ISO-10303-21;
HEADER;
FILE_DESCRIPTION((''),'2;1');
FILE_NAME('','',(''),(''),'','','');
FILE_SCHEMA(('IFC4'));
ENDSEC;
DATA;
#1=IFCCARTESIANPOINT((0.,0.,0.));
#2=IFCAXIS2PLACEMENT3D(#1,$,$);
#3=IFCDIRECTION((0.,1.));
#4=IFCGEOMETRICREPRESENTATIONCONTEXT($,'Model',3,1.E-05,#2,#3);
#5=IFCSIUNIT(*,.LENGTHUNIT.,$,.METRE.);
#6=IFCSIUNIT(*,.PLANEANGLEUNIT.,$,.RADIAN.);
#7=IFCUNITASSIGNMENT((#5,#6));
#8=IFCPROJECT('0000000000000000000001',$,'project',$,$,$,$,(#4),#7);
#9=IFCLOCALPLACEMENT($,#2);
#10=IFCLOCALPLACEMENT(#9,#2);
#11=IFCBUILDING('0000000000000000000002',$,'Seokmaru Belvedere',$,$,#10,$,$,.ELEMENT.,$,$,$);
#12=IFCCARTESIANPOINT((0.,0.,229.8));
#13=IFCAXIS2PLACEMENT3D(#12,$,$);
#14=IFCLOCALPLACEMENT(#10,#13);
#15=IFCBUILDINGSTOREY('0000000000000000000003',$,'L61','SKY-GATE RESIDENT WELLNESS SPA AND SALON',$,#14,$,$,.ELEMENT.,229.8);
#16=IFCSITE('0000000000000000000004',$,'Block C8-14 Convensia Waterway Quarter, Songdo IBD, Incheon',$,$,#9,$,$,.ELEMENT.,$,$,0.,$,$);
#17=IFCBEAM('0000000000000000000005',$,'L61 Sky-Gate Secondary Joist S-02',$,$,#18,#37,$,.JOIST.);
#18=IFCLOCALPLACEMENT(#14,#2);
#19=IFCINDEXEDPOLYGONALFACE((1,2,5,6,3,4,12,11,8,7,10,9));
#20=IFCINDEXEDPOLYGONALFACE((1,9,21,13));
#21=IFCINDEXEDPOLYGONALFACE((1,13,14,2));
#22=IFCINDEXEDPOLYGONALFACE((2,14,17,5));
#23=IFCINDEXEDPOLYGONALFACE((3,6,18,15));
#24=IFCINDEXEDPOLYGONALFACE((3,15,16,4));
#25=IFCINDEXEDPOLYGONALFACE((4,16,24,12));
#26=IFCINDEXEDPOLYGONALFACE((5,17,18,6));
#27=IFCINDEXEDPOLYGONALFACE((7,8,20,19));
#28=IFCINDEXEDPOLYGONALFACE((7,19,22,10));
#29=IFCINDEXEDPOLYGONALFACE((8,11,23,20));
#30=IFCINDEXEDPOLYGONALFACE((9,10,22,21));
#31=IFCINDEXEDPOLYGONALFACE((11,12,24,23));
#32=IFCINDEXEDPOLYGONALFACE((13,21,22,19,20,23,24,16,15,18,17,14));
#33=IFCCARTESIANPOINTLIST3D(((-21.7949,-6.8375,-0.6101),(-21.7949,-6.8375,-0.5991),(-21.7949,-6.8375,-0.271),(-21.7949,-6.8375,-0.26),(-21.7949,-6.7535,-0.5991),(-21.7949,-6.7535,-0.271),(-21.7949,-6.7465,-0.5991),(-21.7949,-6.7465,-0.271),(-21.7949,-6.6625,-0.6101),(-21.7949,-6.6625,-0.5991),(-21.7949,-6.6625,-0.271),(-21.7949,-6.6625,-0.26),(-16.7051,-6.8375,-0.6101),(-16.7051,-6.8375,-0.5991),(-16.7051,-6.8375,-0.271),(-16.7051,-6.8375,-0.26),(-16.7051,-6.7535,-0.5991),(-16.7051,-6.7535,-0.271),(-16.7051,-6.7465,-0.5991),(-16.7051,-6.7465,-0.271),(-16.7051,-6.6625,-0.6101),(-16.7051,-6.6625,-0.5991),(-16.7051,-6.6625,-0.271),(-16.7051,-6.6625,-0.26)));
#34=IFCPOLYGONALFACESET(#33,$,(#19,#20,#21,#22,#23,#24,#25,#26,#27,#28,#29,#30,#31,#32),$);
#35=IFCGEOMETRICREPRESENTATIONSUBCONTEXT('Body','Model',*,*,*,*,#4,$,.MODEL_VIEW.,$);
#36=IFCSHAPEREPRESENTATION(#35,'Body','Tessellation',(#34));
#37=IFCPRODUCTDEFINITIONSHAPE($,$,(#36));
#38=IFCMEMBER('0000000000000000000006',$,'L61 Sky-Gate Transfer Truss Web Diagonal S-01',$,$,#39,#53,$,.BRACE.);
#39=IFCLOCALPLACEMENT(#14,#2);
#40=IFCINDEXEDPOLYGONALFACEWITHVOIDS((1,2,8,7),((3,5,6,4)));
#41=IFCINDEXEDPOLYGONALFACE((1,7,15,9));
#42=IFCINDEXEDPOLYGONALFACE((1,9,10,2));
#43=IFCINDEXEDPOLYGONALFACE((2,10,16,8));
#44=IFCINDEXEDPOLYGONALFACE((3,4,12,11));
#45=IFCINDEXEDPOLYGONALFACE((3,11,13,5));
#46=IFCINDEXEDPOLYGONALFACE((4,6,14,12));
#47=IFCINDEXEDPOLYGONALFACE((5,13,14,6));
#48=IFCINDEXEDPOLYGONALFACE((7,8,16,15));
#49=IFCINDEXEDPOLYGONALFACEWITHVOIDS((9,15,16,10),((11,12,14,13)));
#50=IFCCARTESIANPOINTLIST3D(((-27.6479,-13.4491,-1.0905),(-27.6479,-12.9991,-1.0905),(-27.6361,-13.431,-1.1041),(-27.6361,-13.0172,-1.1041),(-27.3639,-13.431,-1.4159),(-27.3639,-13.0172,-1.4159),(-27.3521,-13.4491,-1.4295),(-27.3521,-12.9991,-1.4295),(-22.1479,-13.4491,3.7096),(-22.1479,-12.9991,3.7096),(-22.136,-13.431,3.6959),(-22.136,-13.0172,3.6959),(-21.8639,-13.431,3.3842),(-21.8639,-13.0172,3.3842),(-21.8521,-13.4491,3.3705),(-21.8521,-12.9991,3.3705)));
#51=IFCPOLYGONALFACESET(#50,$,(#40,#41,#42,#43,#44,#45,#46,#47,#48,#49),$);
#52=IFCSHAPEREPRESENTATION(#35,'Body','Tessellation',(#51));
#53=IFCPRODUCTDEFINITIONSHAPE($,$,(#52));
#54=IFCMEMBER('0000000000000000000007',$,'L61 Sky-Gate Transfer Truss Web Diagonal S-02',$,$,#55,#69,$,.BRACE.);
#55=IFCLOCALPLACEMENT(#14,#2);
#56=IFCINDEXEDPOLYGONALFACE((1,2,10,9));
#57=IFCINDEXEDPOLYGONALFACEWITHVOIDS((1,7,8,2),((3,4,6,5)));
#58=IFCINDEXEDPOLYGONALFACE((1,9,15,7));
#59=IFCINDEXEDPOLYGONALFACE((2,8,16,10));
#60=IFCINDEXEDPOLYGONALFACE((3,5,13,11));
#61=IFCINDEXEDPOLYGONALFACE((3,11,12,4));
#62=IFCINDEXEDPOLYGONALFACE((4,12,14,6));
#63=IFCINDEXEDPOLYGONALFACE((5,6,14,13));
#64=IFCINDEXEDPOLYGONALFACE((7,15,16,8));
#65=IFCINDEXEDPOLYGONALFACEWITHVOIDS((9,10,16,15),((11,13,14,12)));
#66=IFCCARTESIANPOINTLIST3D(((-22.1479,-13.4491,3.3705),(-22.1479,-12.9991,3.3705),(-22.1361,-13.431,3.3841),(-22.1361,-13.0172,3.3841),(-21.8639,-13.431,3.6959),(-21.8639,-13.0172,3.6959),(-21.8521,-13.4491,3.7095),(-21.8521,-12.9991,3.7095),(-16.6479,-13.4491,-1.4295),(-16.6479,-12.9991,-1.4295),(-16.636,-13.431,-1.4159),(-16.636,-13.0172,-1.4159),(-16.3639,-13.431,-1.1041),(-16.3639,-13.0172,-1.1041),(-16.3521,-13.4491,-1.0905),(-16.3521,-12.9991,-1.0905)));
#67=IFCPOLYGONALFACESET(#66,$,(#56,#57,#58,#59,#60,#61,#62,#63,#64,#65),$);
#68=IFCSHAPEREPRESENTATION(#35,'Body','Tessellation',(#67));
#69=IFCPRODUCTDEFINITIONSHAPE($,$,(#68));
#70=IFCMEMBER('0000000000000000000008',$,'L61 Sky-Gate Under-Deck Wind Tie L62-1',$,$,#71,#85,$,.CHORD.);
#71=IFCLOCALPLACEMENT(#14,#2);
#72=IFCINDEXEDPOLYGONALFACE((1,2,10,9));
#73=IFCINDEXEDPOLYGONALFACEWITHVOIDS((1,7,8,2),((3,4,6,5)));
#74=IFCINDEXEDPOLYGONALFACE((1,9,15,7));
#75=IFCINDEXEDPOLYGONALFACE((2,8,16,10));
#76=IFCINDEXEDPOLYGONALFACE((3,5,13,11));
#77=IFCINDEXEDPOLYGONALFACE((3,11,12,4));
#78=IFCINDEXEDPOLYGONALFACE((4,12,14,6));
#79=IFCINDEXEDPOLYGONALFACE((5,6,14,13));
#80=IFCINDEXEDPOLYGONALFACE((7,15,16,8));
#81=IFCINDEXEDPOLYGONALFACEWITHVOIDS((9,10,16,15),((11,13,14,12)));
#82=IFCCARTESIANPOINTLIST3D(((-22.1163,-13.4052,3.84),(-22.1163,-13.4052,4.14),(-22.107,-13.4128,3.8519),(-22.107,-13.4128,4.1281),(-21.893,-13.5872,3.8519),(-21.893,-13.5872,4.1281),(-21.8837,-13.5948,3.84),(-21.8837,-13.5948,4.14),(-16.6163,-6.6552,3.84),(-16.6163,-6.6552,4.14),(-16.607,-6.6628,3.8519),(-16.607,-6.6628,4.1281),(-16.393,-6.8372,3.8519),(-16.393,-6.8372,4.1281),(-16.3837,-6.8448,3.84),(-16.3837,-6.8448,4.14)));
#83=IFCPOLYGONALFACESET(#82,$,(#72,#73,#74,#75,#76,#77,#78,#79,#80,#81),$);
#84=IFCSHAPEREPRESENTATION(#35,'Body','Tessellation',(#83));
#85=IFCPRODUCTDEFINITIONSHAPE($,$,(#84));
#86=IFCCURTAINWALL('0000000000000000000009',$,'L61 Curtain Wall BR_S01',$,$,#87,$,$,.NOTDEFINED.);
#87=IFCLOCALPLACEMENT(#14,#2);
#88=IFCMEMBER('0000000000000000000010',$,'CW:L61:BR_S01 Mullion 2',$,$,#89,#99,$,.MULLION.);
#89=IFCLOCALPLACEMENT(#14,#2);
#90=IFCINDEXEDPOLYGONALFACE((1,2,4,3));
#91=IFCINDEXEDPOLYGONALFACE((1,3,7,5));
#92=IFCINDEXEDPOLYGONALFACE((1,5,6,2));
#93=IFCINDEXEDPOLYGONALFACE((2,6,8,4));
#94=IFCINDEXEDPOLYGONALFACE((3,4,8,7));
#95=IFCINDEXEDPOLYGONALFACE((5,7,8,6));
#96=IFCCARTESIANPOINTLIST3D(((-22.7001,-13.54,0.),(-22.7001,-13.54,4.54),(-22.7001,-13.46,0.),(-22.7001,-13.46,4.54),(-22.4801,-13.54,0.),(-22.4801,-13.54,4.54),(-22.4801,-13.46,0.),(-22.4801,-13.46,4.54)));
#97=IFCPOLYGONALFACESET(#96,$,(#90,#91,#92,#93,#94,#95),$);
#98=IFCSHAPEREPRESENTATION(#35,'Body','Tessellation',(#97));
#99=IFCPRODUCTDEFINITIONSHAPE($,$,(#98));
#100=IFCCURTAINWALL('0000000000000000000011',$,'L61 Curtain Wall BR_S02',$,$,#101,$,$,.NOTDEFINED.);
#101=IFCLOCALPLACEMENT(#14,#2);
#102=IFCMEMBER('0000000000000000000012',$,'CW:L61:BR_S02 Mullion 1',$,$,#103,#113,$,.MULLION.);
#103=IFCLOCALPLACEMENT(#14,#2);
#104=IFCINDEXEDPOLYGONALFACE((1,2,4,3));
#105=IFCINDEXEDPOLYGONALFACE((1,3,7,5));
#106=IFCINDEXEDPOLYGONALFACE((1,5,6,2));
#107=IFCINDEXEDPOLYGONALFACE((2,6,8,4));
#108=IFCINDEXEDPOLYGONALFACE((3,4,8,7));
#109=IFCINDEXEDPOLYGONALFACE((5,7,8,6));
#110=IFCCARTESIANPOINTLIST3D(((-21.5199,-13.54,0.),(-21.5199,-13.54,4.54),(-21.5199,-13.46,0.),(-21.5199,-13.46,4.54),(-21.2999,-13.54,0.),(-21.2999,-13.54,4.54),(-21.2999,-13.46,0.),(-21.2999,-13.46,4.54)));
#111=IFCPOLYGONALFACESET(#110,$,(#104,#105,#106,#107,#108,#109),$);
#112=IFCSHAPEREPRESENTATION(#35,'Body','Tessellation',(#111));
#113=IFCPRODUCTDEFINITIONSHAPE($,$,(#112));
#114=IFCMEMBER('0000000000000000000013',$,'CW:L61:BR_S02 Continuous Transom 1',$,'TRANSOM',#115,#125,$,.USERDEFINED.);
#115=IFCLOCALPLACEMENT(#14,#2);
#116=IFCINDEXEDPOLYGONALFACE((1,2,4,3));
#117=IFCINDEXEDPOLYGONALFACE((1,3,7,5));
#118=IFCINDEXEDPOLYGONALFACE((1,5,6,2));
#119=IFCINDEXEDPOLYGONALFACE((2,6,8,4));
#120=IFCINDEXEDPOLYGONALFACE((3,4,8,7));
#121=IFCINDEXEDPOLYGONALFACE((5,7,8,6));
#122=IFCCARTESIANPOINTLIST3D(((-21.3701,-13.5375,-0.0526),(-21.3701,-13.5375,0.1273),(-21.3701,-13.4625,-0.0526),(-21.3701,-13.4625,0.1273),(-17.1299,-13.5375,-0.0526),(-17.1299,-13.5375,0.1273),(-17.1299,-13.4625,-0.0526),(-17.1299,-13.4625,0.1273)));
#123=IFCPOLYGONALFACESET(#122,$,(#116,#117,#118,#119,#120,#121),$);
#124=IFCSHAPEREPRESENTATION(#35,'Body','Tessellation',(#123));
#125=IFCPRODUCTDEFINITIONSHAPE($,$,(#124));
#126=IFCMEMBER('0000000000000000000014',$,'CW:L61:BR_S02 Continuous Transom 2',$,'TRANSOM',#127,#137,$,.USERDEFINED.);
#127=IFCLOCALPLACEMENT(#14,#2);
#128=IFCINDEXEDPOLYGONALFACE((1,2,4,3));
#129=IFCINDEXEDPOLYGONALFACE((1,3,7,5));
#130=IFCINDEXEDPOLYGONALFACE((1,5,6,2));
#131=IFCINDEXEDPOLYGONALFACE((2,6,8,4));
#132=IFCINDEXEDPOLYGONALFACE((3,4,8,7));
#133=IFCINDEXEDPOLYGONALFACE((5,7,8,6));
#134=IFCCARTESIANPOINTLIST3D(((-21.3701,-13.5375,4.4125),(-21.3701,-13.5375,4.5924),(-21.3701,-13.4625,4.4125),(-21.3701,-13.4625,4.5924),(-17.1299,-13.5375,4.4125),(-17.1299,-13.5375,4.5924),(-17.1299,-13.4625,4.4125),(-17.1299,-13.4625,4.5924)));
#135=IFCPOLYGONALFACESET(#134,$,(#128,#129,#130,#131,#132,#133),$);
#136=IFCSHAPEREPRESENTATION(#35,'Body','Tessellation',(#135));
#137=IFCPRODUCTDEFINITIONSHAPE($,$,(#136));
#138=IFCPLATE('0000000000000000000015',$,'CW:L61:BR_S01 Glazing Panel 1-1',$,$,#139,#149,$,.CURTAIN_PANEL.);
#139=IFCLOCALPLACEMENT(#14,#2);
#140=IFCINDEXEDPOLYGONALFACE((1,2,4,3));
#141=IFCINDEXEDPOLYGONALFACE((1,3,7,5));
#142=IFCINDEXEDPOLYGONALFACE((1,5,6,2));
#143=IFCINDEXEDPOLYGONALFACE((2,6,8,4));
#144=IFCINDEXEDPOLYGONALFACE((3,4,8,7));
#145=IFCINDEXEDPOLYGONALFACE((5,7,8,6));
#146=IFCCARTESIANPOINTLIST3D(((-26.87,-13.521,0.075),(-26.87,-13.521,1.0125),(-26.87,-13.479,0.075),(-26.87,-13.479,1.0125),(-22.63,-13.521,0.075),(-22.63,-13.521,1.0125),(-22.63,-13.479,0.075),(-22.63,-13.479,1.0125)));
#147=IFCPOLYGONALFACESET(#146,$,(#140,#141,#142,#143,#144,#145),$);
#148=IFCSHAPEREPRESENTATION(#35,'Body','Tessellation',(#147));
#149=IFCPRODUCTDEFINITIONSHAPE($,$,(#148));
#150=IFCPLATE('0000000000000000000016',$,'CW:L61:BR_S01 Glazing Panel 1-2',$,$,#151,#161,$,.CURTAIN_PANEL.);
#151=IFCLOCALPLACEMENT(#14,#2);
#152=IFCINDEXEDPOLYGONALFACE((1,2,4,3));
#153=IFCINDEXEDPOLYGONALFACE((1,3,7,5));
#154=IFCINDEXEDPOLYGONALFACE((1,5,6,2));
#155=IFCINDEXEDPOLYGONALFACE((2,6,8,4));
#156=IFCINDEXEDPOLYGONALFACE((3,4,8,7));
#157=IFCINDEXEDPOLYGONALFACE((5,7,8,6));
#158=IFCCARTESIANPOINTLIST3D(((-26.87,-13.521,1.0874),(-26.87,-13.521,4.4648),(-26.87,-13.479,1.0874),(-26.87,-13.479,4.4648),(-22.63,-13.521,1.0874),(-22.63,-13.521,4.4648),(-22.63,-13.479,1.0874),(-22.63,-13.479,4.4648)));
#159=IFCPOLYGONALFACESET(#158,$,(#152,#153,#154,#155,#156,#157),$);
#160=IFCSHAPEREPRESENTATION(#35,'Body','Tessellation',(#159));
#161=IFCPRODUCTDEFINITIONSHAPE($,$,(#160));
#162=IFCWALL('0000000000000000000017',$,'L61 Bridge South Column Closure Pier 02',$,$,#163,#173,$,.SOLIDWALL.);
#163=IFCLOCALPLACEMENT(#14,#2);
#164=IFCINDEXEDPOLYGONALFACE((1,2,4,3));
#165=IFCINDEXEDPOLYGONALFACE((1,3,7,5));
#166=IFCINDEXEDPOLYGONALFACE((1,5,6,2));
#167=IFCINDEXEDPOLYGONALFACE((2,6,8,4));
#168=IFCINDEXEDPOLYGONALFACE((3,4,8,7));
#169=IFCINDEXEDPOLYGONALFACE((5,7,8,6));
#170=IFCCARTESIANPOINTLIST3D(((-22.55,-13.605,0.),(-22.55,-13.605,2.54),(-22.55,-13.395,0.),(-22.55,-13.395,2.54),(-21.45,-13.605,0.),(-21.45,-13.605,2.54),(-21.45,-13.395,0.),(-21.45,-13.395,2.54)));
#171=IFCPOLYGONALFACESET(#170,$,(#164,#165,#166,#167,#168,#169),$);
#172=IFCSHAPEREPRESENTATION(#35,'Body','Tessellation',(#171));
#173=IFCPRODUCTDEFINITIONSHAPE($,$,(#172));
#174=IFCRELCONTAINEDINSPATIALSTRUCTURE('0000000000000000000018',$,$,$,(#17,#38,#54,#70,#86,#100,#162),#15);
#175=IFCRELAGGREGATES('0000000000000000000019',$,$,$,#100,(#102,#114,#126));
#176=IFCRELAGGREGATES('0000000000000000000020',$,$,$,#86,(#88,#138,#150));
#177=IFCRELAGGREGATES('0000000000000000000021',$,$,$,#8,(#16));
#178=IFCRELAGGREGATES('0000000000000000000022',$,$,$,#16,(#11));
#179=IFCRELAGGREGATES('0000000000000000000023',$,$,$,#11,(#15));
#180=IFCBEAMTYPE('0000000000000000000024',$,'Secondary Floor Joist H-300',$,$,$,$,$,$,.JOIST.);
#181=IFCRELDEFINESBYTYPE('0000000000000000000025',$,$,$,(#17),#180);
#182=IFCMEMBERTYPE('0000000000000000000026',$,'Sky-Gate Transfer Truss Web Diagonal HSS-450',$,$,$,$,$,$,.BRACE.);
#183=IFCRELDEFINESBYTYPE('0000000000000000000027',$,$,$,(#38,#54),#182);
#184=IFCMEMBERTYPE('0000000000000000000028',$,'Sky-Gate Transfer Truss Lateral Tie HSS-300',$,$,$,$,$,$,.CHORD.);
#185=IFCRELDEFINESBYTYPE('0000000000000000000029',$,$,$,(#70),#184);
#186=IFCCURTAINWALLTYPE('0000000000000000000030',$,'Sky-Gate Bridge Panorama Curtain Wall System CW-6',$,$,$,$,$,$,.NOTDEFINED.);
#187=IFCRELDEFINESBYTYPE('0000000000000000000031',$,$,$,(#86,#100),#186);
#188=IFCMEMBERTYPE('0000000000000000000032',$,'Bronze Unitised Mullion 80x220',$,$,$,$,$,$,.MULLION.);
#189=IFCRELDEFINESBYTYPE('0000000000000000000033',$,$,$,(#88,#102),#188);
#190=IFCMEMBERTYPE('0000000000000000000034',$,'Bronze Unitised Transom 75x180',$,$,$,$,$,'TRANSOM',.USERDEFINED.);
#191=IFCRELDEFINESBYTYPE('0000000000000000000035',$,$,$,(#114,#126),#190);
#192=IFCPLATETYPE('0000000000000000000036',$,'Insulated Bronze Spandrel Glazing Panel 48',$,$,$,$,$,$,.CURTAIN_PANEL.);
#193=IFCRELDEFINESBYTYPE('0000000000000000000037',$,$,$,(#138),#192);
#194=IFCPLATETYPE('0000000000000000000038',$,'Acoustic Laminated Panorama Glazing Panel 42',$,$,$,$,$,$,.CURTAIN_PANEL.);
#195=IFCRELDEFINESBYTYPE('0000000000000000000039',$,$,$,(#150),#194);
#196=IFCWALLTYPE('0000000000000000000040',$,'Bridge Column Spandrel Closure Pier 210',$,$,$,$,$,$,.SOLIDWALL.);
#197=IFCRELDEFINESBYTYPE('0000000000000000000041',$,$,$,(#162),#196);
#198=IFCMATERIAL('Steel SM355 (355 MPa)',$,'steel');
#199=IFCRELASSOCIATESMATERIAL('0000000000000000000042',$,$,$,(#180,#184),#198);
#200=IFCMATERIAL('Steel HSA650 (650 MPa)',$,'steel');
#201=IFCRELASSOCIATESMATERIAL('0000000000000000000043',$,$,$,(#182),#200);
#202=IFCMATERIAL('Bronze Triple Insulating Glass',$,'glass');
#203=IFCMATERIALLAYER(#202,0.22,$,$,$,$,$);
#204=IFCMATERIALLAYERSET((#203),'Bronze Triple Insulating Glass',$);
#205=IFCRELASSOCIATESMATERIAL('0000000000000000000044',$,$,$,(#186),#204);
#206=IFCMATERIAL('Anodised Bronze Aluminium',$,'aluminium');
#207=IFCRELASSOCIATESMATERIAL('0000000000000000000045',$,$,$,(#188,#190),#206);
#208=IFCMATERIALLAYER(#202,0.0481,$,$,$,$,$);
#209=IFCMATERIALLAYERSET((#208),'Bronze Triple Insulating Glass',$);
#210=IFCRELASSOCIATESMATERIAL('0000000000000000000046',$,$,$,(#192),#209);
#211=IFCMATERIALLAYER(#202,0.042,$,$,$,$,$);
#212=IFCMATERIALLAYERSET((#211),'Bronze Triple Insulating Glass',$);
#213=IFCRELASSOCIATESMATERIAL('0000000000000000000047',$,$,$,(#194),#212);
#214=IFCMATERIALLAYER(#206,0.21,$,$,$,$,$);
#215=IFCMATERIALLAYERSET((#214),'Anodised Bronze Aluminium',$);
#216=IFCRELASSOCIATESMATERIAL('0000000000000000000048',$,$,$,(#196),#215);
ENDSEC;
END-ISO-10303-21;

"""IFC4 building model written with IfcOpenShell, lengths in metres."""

from ifc_helpers import new_model, si_unit, direction, frame, frame_2d, origin, origin_2d, place, context, subcontext, project, spatial, rectangle, hollow_rectangle, i_section, extrude, source, transform, mapped, material, layer, layer_set, material_profile, profile_set, type_object, type_shapes, element, aggregate, save


model = new_model("IFC4")

# Units and contexts
model_context = context("Model", 3, precision=1e-05, world=origin(), true_north=direction((0.0, 1.0)))
body_context = subcontext(model_context, "Body", "Model", "MODEL_VIEW")
ifc_project = project(units=[si_unit("LENGTHUNIT", "METRE"), si_unit("PLANEANGLEUNIT", "RADIAN")], contexts=[model_context])

# Site, building, storey
site_placement = place(None, origin())
site = spatial("IfcSite", under=ifc_project, at=site_placement, Name="Block C8-14 Convensia Waterway Quarter, Songdo IBD, Incheon", CompositionType="ELEMENT", RefElevation=0.0)
building_placement = place(site_placement, origin())
building = spatial("IfcBuilding", under=site, at=building_placement, Name="Seokmaru Belvedere", CompositionType="ELEMENT")
storey_placement = place(building_placement, frame((0.0, 0.0, 229.8)))
storey = spatial("IfcBuildingStorey", under=building, at=storey_placement, Name="L61", Description="SKY-GATE RESIDENT WELLNESS SPA AND SALON", CompositionType="ELEMENT", Elevation=229.8)

# Shared definitions
ifc_material_1 = material(Name="Steel SM355 (355 MPa)", Category="steel")
ifc_material_2 = material(Name="Steel HSA650 (650 MPa)", Category="steel")

# Beam
ifc_material_profile_1 = material_profile(ifc_material_1, i_section(OverallWidth=0.175, OverallDepth=0.3501, WebThickness=0.0071, FlangeThickness=0.011, at=origin_2d()), Name="H-350x175x7x11")
ifc_profile_set_1 = profile_set([ifc_material_profile_1], Name="Steel SM355 (355 MPa)")
beam_type_1 = type_object("IfcBeamType", Name="Secondary Floor Joist H-300", PredefinedType="JOIST", material=ifc_profile_set_1)
shared_shape_1 = source(origin(), body_context, "Body", "SweptSolid", [
    extrude(i_section(OverallWidth=0.175, OverallDepth=0.3501, WebThickness=0.0071, FlangeThickness=0.011, at=origin_2d()), origin(), (0.0, 0.0, 1.0), 5.0898),
])
type_shapes(beam_type_1, [shared_shape_1])
for number, where, z_axis, x_axis, name in (
    (1, (-21.7949, -6.75, -0.4351), (1.0, 0.0, 0.0), (0.0, 1.0, 0.0), "L61 Sky-Gate Secondary Joist S-02"),
):
    element("IfcBeam", number, at=place(storey_placement, frame(where, z_axis=z_axis, x_axis=x_axis)), inside=storey, type_object=beam_type_1, Name=name, PredefinedType="JOIST", context=body_context, shape_type="MappedRepresentation", body=[
        mapped(shared_shape_1, transform((0.0, 0.0, 0.0), scale=1.0)),
    ])

# Members
ifc_material_profile_2 = material_profile(ifc_material_2, hollow_rectangle(XDim=0.45, YDim=0.45, WallThickness=0.0181, at=origin_2d()), Name="HSS-450x450x18")
ifc_profile_set_2 = profile_set([ifc_material_profile_2], Name="Steel HSA650 (650 MPa)")
member_type_1 = type_object("IfcMemberType", Name="Sky-Gate Transfer Truss Web Diagonal HSS-450", PredefinedType="BRACE", material=ifc_profile_set_2)
shared_shape_2 = source(origin(), body_context, "Body", "SweptSolid", [
    extrude(hollow_rectangle(XDim=0.45, YDim=0.45, WallThickness=0.0181, at=origin_2d()), origin(), (0.0, 0.0, 1.0), 7.3),
])
type_shapes(member_type_1, [shared_shape_2])
for number, where, z_axis, x_axis, name in (
    (2, (-27.5, -13.2241, -1.26), (0.753421, 0.0, 0.657538), (0.0, 1.0, 0.0), "L61 Sky-Gate Transfer Truss Web Diagonal S-01"),
    (3, (-22.0, -13.2241, 3.54), (0.753421, 0.0, -0.657538), (0.0, 1.0, 0.0), "L61 Sky-Gate Transfer Truss Web Diagonal S-02"),
):
    element("IfcMember", number, at=place(storey_placement, frame(where, z_axis=z_axis, x_axis=x_axis)), inside=storey, type_object=member_type_1, Name=name, PredefinedType="BRACE", context=body_context, shape_type="MappedRepresentation", body=[
        mapped(shared_shape_2, transform((0.0, 0.0, 0.0), scale=1.0)),
    ])
ifc_material_profile_3 = material_profile(ifc_material_1, hollow_rectangle(XDim=0.3, YDim=0.3, WallThickness=0.012, at=origin_2d()), Name="HSS-300x300x12")
ifc_profile_set_3 = profile_set([ifc_material_profile_3], Name="Steel SM355 (355 MPa)")
member_type_2 = type_object("IfcMemberType", Name="Sky-Gate Transfer Truss Lateral Tie HSS-300", PredefinedType="CHORD", material=ifc_profile_set_3)
shared_shape_3 = source(origin(), body_context, "Body", "SweptSolid", [
    extrude(hollow_rectangle(XDim=0.3, YDim=0.3, WallThickness=0.012, at=origin_2d()), origin(), (0.0, 0.0, 1.0), 8.707),
])
type_shapes(member_type_2, [shared_shape_3])
member_1_placement = place(storey_placement, frame((-22.0, -13.5, 3.99), z_axis=(0.631673, 0.775235, 0.0), x_axis=(-0.775235, 0.631673, 0.0)))
element("IfcMember", 4, at=member_1_placement, inside=storey, type_object=member_type_2, Name="L61 Sky-Gate Under-Deck Wind Tie L62-1", PredefinedType="CHORD", context=body_context, shape_type="MappedRepresentation", body=[
    mapped(shared_shape_3, transform((0.0, 0.0, 0.0), scale=1.0)),
])

# Curtain wall, member
ifc_material_3 = material(Name="Bronze Triple Insulating Glass", Category="glass")
ifc_layer_1 = layer(ifc_material_3, 0.22)
ifc_layer_set_1 = layer_set([ifc_layer_1], Name="Bronze Triple Insulating Glass")
curtain_wall_type = type_object("IfcCurtainWallType", Name="Sky-Gate Bridge Panorama Curtain Wall System CW-6", PredefinedType="NOTDEFINED", material=ifc_layer_set_1)
curtain_wall_1_placement = place(storey_placement, origin())
curtain_wall_1 = element("IfcCurtainWall", 5, at=curtain_wall_1_placement, inside=storey, type_object=curtain_wall_type, Name="L61 Curtain Wall BR_S01", PredefinedType="NOTDEFINED")
ifc_material_4 = material(Name="Anodised Bronze Aluminium", Category="aluminium")
ifc_material_profile_4 = material_profile(ifc_material_4, rectangle(XDim=0.0801, YDim=0.22, at=origin_2d()), Name="CW-M-80x220")
ifc_profile_set_4 = profile_set([ifc_material_profile_4], Name="Anodised Bronze Aluminium")
member_type_3 = type_object("IfcMemberType", Name="Bronze Unitised Mullion 80x220", PredefinedType="MULLION", material=ifc_profile_set_4)
shared_shape_4 = source(origin(), body_context, "Body", "SweptSolid", [
    extrude(rectangle(XDim=0.0801, YDim=0.22, at=origin_2d()), origin(), (0.0, 0.0, 1.0), 4.54),
])
type_shapes(member_type_3, [shared_shape_4])
member_2_placement = place(storey_placement, frame((-22.5901, -13.5, 0.0), z_axis=(0.0, 0.0, 1.0), x_axis=(0.0, 1.0, 0.0)))
member_2 = element("IfcMember", 6, at=member_2_placement, type_object=member_type_3, Name="CW:L61:BR_S01 Mullion 2", PredefinedType="MULLION", context=body_context, shape_type="MappedRepresentation", body=[
    mapped(shared_shape_4, transform((0.0, 0.0, 0.0), scale=1.0)),
])

# Curtain wall, members
curtain_wall_2_placement = place(storey_placement, origin())
curtain_wall_2 = element("IfcCurtainWall", 7, at=curtain_wall_2_placement, inside=storey, type_object=curtain_wall_type, Name="L61 Curtain Wall BR_S02", PredefinedType="NOTDEFINED")
member_3_placement = place(storey_placement, frame((-21.4099, -13.5, 0.0), z_axis=(0.0, 0.0, 1.0), x_axis=(0.0, 1.0, 0.0)))
member_3 = element("IfcMember", 8, at=member_3_placement, type_object=member_type_3, Name="CW:L61:BR_S02 Mullion 1", PredefinedType="MULLION", context=body_context, shape_type="MappedRepresentation", body=[
    mapped(shared_shape_4, transform((0.0, 0.0, 0.0), scale=1.0)),
])
ifc_material_profile_5 = material_profile(ifc_material_4, rectangle(XDim=0.075, YDim=0.1799, at=origin_2d()), Name="CW-T-75x180")
ifc_profile_set_5 = profile_set([ifc_material_profile_5], Name="Anodised Bronze Aluminium")
member_type_4 = type_object("IfcMemberType", Name="Bronze Unitised Transom 75x180", ElementType="TRANSOM", PredefinedType="USERDEFINED", material=ifc_profile_set_5)
shared_shape_5 = source(origin(), body_context, "Body", "SweptSolid", [
    extrude(rectangle(XDim=0.075, YDim=0.1799, at=origin_2d()), origin(), (0.0, 0.0, 1.0), 4.2402),
])
type_shapes(member_type_4, [shared_shape_5])
member_4_placement = place(storey_placement, frame((-21.3701, -13.5, 0.0374), z_axis=(1.0, 0.0, 0.0), x_axis=(0.0, 1.0, 0.0)))
member_4 = element("IfcMember", 9, at=member_4_placement, type_object=member_type_4, Name="CW:L61:BR_S02 Continuous Transom 1", ObjectType="TRANSOM", PredefinedType="USERDEFINED", context=body_context, shape_type="MappedRepresentation", body=[
    mapped(shared_shape_5, transform((0.0, 0.0, 0.0), scale=1.0)),
])
member_5_placement = place(storey_placement, frame((-21.3701, -13.5, 4.5024), z_axis=(1.0, 0.0, 0.0), x_axis=(0.0, 1.0, 0.0)))
member_5 = element("IfcMember", 10, at=member_5_placement, type_object=member_type_4, Name="CW:L61:BR_S02 Continuous Transom 2", ObjectType="TRANSOM", PredefinedType="USERDEFINED", context=body_context, shape_type="MappedRepresentation", body=[
    mapped(shared_shape_5, transform((0.0, 0.0, 0.0), scale=1.0)),
])
aggregate(curtain_wall_2, [member_3, member_4, member_5])

# Plates
ifc_layer_2 = layer(ifc_material_3, 0.0481)
ifc_layer_set_2 = layer_set([ifc_layer_2], Name="Bronze Triple Insulating Glass")
plate_type_1 = type_object("IfcPlateType", Name="Insulated Bronze Spandrel Glazing Panel 48", PredefinedType="CURTAIN_PANEL", material=ifc_layer_set_2)
shared_shape_6 = source(origin(), body_context, "Body", "SweptSolid", [
    extrude(rectangle(XDim=4.24, YDim=0.042, at=origin_2d()), origin(), (0.0, 0.0, 1.0), 0.9375),
])
type_shapes(plate_type_1, [shared_shape_6])
plate_1_placement = place(storey_placement, frame((-24.75, -13.5, 0.075), z_axis=(0.0, 0.0, 1.0), x_axis=(1.0, 0.0, 0.0)))
plate_1 = element("IfcPlate", 11, at=plate_1_placement, type_object=plate_type_1, Name="CW:L61:BR_S01 Glazing Panel 1-1", PredefinedType="CURTAIN_PANEL", context=body_context, shape_type="MappedRepresentation", body=[
    mapped(shared_shape_6, transform((0.0, 0.0, 0.0), scale=1.0)),
])
ifc_layer_3 = layer(ifc_material_3, 0.042)
ifc_layer_set_3 = layer_set([ifc_layer_3], Name="Bronze Triple Insulating Glass")
plate_type_2 = type_object("IfcPlateType", Name="Acoustic Laminated Panorama Glazing Panel 42", PredefinedType="CURTAIN_PANEL", material=ifc_layer_set_3)
shared_shape_7 = source(origin(), body_context, "Body", "SweptSolid", [
    extrude(rectangle(XDim=4.24, YDim=0.042, at=origin_2d()), origin(), (0.0, 0.0, 1.0), 3.3774),
])
type_shapes(plate_type_2, [shared_shape_7])
plate_2_placement = place(storey_placement, frame((-24.75, -13.5, 1.0874), z_axis=(0.0, 0.0, 1.0), x_axis=(1.0, 0.0, 0.0)))
plate_2 = element("IfcPlate", 12, at=plate_2_placement, type_object=plate_type_2, Name="CW:L61:BR_S01 Glazing Panel 1-2", PredefinedType="CURTAIN_PANEL", context=body_context, shape_type="MappedRepresentation", body=[
    mapped(shared_shape_7, transform((0.0, 0.0, 0.0), scale=1.0)),
])
aggregate(curtain_wall_1, [member_2, plate_1, plate_2])

# Wall
ifc_layer_4 = layer(ifc_material_4, 0.21)
ifc_layer_set_4 = layer_set([ifc_layer_4], Name="Anodised Bronze Aluminium")
wall_type_1 = type_object("IfcWallType", Name="Bridge Column Spandrel Closure Pier 210", PredefinedType="SOLIDWALL", material=ifc_layer_set_4)
wall_1_placement = place(storey_placement, frame((-22.55, -13.5, 0.0), z_axis=(0.0, 0.0, 1.0), x_axis=(1.0, 0.0, 0.0)))
element("IfcWall", 13, at=wall_1_placement, inside=storey, type_object=wall_type_1, Name="L61 Bridge South Column Closure Pier 02", PredefinedType="SOLIDWALL", context=body_context, shape_type="SweptSolid", body=[
    extrude(rectangle(XDim=1.1001, YDim=0.21, at=frame_2d((0.55, 0.0))), origin(), (0.0, 0.0, 1.0), 2.54),
])

save(model, "model.ifc")
